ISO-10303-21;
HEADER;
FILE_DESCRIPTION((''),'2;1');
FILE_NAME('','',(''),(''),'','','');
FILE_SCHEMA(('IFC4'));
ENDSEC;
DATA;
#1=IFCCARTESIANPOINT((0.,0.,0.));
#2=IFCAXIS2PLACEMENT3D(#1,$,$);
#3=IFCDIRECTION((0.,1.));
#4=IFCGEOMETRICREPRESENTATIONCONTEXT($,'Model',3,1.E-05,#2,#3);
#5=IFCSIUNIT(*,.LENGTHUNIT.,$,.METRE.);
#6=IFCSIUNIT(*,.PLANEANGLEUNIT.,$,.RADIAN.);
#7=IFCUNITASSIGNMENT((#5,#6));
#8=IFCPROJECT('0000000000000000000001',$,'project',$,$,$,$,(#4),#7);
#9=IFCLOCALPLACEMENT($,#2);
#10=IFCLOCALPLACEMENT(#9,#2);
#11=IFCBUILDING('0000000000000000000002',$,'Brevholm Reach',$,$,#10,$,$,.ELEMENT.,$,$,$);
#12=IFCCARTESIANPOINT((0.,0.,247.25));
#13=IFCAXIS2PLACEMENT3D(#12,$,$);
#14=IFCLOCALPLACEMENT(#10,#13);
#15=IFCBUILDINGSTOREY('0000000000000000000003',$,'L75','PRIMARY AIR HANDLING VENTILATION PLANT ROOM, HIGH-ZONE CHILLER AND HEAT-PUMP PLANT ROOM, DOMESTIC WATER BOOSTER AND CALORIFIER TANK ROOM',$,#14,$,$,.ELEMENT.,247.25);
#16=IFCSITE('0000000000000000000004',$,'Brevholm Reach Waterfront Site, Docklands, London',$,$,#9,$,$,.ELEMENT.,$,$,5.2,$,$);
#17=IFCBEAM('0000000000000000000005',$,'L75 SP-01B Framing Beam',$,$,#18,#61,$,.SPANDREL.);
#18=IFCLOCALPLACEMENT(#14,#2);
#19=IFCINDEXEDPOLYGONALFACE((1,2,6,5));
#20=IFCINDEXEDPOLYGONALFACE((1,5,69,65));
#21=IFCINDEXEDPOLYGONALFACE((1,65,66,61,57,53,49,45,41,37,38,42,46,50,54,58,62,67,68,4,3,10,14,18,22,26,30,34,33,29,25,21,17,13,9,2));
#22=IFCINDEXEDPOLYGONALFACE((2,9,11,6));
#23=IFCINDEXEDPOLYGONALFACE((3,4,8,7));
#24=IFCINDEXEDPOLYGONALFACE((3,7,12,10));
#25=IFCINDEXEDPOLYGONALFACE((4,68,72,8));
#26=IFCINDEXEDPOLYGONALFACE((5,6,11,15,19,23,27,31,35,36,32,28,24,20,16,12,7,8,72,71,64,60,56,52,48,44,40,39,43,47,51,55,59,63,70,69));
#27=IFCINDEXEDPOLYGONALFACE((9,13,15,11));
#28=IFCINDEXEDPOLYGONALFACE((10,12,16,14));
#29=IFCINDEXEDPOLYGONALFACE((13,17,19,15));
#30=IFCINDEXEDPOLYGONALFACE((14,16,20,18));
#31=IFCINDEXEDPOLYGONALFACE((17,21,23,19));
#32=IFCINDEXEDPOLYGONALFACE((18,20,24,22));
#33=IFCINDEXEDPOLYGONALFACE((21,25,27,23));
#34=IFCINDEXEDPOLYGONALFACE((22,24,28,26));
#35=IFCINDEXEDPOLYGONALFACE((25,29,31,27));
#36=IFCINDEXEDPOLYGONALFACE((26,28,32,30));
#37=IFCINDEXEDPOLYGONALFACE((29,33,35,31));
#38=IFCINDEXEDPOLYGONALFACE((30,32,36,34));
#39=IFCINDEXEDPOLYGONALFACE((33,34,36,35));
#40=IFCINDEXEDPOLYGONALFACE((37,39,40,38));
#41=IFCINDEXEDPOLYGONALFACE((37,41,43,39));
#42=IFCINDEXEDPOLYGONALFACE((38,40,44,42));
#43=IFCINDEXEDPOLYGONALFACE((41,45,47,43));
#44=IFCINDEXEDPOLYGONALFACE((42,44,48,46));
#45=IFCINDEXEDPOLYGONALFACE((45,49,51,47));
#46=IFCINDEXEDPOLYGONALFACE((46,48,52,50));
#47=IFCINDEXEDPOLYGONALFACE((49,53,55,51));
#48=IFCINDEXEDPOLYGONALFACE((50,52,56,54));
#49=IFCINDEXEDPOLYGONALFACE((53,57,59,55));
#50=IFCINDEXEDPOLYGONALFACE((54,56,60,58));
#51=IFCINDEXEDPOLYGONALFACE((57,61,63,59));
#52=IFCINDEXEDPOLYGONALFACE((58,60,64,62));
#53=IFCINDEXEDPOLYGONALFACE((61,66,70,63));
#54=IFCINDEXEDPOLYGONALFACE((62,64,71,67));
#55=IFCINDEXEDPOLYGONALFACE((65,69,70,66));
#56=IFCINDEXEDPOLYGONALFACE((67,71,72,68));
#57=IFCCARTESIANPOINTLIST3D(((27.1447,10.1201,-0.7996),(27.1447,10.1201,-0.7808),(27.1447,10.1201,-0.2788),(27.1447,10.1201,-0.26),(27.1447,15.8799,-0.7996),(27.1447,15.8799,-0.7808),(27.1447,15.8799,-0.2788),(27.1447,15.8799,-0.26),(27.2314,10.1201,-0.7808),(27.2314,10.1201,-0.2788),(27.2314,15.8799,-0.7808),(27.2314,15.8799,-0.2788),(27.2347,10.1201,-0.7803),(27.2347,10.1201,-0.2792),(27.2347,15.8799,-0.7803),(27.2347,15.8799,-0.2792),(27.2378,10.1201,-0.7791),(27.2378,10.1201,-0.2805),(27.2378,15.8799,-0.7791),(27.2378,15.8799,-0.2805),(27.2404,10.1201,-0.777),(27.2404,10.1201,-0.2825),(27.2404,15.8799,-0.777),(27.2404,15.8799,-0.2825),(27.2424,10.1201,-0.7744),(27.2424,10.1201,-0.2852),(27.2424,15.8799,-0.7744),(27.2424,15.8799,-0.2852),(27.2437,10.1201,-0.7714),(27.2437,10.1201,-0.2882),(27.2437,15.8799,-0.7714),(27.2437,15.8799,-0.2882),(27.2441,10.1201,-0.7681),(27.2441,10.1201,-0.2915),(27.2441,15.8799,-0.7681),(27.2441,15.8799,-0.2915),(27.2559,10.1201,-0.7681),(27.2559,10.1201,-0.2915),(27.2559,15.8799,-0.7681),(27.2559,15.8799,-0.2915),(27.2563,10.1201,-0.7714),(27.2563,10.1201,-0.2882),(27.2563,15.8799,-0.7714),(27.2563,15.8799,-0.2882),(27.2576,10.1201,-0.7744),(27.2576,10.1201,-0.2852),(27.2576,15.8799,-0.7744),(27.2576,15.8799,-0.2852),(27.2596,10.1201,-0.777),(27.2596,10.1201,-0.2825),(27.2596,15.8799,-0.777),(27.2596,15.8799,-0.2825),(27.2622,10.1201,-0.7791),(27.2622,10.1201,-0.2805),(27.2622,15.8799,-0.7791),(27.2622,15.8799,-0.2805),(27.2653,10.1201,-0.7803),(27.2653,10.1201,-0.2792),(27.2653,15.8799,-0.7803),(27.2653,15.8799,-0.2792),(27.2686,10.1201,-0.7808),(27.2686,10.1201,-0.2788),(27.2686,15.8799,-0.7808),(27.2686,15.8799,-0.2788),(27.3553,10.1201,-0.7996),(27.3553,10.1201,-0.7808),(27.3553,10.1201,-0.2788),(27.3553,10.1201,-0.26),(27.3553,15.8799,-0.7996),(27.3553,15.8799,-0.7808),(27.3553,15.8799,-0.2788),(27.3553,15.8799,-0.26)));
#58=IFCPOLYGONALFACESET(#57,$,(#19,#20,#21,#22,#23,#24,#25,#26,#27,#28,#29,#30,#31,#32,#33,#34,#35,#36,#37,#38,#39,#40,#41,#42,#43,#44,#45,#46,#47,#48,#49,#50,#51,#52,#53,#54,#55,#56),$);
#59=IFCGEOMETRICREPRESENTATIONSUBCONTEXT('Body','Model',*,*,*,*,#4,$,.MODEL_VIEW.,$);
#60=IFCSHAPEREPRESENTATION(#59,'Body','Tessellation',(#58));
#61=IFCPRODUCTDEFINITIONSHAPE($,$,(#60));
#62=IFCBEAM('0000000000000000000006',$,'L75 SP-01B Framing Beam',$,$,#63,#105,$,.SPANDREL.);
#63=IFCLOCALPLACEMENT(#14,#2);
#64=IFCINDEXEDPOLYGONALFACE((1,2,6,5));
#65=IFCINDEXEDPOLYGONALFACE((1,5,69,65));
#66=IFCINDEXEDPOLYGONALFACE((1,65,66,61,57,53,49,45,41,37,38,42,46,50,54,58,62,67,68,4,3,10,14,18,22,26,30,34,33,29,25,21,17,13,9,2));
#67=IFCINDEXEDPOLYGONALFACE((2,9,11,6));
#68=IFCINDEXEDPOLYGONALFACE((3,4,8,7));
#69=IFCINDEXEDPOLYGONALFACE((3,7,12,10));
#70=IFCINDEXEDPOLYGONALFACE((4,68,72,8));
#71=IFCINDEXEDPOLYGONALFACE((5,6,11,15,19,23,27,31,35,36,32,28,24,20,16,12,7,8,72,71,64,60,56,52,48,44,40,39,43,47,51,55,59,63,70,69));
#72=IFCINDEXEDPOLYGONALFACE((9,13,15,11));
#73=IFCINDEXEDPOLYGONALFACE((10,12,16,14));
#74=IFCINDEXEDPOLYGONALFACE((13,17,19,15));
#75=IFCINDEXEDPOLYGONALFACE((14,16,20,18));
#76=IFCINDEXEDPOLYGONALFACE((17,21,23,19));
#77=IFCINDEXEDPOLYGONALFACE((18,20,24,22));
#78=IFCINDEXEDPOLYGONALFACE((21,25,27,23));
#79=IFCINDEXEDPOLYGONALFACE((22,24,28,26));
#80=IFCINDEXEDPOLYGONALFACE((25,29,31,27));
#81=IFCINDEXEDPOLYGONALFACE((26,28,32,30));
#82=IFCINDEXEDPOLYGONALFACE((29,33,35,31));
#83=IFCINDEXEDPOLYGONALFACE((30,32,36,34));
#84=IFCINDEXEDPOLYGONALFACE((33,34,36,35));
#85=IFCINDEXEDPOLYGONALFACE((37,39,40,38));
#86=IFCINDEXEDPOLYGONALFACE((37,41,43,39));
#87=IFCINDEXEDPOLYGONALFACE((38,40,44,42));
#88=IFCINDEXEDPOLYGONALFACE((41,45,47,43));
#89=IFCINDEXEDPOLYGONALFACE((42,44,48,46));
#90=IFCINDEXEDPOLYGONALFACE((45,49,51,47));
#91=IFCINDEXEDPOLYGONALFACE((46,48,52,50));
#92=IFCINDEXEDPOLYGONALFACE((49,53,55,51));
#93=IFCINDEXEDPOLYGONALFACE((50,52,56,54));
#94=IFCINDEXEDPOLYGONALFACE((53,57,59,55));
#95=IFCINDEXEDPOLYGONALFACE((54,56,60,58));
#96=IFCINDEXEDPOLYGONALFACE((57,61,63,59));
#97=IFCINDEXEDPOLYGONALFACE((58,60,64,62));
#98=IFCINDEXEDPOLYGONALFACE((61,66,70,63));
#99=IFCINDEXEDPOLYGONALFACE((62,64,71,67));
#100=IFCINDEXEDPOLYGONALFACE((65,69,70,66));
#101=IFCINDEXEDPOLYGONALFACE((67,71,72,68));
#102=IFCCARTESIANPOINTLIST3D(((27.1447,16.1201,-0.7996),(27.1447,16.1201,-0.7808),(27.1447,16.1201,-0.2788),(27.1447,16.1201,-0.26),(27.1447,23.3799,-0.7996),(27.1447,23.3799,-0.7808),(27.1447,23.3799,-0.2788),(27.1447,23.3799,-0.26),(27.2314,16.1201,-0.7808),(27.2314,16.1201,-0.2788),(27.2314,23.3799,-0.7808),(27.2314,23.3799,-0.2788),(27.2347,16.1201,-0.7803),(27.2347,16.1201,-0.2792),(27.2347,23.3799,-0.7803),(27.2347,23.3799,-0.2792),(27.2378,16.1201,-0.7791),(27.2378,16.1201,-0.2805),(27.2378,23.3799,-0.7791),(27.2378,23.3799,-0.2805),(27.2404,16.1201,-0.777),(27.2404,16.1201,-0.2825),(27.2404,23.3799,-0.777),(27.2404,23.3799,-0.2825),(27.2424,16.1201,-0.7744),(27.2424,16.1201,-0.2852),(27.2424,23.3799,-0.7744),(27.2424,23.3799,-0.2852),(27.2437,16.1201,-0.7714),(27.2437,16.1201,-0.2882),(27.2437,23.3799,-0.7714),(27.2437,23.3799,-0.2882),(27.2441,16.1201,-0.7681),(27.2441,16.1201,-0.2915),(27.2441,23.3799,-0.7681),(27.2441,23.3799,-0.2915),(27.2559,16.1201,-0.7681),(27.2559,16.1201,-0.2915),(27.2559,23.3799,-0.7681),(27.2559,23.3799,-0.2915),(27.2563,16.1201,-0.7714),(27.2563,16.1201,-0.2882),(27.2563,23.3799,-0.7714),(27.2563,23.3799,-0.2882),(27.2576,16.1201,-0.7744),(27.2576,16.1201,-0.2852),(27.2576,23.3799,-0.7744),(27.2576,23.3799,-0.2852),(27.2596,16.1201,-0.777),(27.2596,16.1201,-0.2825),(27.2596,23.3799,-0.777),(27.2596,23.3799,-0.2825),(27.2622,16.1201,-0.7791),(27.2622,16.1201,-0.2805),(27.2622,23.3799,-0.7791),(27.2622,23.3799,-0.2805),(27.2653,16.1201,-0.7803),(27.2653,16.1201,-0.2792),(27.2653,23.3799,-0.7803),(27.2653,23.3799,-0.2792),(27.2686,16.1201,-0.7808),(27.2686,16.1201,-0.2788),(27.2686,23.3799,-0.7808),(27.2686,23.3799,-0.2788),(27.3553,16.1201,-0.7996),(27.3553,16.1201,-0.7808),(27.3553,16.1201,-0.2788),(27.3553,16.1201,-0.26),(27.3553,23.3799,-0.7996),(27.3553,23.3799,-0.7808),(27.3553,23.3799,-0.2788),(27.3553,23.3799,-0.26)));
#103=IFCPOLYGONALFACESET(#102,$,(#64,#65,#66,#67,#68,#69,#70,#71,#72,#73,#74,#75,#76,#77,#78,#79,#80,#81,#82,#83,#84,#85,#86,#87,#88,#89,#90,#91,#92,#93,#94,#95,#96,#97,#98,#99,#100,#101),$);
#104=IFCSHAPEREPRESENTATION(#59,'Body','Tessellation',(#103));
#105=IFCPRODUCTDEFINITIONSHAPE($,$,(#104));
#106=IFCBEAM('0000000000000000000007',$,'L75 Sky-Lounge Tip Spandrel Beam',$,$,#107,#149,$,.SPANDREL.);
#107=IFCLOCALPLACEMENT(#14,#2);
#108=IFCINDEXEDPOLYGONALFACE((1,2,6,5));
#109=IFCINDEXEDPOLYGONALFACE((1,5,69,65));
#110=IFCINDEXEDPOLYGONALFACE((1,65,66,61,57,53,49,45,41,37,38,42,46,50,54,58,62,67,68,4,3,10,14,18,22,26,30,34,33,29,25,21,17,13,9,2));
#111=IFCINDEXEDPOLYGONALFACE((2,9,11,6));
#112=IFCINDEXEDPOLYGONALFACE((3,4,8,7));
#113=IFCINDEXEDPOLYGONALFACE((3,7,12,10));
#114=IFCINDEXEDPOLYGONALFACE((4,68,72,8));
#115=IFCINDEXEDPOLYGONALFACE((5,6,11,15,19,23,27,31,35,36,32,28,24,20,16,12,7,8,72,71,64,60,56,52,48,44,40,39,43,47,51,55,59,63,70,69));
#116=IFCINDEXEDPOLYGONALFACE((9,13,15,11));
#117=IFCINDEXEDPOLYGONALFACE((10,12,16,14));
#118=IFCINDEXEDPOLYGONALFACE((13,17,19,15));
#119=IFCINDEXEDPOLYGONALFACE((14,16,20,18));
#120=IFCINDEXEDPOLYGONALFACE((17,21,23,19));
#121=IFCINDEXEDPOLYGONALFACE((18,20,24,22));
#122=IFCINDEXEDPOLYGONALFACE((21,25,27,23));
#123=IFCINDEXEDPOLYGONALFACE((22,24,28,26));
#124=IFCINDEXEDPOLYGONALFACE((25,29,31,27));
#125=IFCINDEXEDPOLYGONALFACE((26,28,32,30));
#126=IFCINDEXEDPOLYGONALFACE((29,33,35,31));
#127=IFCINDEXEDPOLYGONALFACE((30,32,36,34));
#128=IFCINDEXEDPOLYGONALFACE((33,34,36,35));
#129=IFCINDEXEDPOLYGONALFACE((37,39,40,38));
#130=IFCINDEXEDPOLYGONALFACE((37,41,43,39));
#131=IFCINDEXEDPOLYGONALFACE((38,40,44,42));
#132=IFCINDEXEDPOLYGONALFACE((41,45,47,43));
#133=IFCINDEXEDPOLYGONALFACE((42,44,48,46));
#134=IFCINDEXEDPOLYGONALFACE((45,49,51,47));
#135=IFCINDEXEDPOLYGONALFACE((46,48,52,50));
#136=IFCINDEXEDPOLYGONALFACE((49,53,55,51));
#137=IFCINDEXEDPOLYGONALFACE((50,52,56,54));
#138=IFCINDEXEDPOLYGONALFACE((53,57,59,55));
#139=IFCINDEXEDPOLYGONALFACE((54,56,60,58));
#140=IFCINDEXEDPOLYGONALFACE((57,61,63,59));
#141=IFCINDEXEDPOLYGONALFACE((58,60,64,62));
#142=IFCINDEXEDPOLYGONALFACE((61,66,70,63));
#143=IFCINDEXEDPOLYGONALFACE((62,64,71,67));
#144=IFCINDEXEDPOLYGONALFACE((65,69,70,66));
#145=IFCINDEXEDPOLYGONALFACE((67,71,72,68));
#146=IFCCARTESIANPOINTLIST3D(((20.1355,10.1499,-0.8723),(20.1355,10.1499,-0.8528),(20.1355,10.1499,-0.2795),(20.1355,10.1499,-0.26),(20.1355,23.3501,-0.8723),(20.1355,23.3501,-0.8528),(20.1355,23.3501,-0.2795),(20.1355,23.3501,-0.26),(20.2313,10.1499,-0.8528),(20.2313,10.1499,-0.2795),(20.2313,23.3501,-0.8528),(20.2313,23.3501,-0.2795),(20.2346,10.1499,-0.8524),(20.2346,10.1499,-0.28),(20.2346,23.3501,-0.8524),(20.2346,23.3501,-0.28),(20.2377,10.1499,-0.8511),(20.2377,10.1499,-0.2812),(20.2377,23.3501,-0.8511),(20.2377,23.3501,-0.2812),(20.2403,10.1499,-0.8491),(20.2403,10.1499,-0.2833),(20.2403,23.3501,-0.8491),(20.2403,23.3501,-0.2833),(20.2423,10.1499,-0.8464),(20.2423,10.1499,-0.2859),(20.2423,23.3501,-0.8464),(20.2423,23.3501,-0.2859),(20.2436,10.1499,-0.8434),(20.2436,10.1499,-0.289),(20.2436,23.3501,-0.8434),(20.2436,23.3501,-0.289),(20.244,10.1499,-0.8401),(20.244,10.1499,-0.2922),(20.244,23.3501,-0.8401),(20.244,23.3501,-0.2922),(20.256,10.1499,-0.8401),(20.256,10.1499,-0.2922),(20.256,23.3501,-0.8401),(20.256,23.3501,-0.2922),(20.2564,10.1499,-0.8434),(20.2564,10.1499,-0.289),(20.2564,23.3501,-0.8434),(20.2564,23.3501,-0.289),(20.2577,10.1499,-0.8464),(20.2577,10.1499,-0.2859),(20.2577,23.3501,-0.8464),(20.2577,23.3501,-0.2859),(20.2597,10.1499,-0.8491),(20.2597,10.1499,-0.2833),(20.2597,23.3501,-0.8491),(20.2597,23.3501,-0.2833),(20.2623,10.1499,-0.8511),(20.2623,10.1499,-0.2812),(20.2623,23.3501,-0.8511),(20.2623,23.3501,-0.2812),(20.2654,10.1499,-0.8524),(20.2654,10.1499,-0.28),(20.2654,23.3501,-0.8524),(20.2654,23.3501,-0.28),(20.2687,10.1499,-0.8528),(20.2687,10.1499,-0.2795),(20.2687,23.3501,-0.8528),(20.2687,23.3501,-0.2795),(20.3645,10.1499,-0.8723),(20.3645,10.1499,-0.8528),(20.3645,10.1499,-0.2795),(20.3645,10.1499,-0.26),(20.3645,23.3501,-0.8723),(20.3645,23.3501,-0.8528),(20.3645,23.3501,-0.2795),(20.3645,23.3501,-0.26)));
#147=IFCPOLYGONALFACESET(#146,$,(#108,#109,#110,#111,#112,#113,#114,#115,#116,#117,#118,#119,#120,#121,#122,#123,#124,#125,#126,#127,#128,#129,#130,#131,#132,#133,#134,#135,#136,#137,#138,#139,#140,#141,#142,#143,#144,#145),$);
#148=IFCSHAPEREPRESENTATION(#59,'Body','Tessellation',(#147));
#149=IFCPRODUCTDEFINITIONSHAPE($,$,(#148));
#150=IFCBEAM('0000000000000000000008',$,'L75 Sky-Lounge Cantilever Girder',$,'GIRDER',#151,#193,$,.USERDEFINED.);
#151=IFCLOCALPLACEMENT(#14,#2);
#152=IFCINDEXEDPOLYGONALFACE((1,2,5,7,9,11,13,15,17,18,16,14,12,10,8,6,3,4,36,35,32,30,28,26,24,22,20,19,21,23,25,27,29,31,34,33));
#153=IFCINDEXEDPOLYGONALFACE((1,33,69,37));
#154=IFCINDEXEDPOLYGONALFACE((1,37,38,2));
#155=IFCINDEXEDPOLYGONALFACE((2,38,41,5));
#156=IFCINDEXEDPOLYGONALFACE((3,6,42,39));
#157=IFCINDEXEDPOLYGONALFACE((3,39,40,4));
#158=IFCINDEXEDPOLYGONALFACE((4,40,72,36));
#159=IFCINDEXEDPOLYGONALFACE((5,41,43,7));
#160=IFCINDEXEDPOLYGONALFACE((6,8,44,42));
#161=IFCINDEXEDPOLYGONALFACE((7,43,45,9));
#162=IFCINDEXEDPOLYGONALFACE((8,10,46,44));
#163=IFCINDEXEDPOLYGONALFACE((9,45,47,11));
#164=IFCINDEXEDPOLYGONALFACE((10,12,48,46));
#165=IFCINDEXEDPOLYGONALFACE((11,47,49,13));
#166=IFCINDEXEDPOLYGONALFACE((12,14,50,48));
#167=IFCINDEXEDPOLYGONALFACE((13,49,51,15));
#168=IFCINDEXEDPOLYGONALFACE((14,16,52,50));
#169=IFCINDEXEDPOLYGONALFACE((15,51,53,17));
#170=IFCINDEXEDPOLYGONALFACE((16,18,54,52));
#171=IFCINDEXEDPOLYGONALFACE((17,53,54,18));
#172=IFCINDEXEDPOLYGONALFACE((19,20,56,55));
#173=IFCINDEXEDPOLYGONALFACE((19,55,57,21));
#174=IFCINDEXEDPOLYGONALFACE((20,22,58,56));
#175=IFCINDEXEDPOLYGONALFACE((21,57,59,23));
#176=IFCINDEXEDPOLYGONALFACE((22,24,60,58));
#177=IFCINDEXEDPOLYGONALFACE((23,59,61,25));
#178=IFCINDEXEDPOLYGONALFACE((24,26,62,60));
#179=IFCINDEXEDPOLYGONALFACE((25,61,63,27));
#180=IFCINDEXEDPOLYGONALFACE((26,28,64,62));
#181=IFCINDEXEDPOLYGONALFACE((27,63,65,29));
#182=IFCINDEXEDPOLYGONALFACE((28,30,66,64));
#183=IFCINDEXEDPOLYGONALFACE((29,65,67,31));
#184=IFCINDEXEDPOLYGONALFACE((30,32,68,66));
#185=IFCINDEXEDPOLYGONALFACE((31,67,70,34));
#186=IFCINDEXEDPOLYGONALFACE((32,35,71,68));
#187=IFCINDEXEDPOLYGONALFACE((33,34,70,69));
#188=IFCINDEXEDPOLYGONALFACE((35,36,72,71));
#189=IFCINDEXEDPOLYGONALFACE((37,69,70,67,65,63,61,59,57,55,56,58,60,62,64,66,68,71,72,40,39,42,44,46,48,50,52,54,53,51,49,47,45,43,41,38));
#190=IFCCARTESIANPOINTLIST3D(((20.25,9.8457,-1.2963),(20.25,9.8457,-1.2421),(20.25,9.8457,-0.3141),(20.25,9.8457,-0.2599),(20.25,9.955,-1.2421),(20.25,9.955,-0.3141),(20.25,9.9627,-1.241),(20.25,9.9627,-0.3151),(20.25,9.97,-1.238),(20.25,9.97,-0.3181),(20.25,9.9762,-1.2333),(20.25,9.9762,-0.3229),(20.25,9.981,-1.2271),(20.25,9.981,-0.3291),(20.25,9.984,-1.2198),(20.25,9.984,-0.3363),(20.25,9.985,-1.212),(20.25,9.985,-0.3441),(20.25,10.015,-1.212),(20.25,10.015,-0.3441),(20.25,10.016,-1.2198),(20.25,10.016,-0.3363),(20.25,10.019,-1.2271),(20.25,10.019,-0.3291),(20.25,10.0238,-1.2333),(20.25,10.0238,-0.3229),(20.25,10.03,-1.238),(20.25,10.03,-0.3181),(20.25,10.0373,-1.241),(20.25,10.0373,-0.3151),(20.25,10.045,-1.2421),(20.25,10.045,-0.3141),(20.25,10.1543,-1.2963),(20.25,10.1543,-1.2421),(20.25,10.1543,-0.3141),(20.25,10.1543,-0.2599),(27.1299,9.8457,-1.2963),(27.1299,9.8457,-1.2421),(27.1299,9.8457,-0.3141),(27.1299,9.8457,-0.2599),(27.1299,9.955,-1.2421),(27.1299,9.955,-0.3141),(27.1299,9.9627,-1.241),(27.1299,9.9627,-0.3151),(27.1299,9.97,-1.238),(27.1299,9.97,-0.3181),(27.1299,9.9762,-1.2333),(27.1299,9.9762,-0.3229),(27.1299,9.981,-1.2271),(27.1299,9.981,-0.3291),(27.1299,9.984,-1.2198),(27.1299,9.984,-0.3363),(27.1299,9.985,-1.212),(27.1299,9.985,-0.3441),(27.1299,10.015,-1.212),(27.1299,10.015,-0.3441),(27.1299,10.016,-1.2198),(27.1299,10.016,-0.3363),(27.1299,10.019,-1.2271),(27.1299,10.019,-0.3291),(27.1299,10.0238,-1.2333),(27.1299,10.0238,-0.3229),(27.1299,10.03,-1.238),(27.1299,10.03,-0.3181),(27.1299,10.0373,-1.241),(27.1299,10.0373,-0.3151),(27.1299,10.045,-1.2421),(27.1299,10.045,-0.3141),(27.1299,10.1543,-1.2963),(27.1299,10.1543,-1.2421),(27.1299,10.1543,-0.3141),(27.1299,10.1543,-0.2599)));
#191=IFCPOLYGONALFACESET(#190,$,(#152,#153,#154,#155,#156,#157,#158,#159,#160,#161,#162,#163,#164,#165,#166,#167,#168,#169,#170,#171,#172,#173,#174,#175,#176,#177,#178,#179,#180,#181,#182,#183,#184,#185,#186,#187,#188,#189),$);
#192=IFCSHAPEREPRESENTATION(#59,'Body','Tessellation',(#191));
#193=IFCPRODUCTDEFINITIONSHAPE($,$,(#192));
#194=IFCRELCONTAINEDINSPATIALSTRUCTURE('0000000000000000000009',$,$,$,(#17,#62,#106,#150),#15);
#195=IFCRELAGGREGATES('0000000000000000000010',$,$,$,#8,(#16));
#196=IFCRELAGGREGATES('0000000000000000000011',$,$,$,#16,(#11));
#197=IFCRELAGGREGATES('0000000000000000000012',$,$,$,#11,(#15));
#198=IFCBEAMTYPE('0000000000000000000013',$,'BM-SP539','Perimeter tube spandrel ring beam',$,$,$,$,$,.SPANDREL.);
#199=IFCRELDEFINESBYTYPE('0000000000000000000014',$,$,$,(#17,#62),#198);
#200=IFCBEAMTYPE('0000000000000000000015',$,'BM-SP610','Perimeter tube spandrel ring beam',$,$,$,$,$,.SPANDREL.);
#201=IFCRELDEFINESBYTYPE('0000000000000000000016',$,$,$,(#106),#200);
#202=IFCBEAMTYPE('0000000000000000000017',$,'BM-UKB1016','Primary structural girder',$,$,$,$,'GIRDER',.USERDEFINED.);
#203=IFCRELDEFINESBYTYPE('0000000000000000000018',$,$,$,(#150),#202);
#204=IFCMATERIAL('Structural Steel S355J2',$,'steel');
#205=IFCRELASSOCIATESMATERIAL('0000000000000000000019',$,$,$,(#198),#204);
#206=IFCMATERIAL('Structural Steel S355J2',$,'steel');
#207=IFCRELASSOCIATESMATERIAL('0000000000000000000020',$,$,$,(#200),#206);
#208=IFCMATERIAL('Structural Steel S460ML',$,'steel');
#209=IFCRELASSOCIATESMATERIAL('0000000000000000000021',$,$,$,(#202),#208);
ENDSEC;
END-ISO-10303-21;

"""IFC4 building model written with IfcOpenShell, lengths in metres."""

from ifc_helpers import new_model, si_unit, direction, frame, origin, origin_2d, place, context, subcontext, project, spatial, i_section, extrude, material, material_profile, profile_set, type_object, element, save


model = new_model("IFC4")

# Units and contexts
model_context = context("Model", 3, precision=1e-05, world=origin(), true_north=direction((0.0, 1.0)))
body_context = subcontext(model_context, "Body", "Model", "MODEL_VIEW")
ifc_project = project(units=[si_unit("LENGTHUNIT", "METRE"), si_unit("PLANEANGLEUNIT", "RADIAN")], contexts=[model_context])

# Site, building, storey
site_placement = place(None, origin())
site = spatial("IfcSite", under=ifc_project, at=site_placement, Name="Brevholm Reach Waterfront Site, Docklands, London", CompositionType="ELEMENT", RefElevation=5.2)
building_placement = place(site_placement, origin())
building = spatial("IfcBuilding", under=site, at=building_placement, Name="Brevholm Reach", CompositionType="ELEMENT")
storey_placement = place(building_placement, frame((0.0, 0.0, 247.25)))
storey = spatial("IfcBuildingStorey", under=building, at=storey_placement, Name="L75", Description="PRIMARY AIR HANDLING VENTILATION PLANT ROOM, HIGH-ZONE CHILLER AND HEAT-PUMP PLANT ROOM, DOMESTIC WATER BOOSTER AND CALORIFIER TANK ROOM", CompositionType="ELEMENT", Elevation=247.25)

# Beams
ifc_material_1 = material(Name="Structural Steel S355J2", Category="steel")
ifc_material_profile_1 = material_profile(ifc_material_1, i_section(OverallWidth=0.2107, OverallDepth=0.5396, WebThickness=0.0117, FlangeThickness=0.0188, FilletRadius=0.0127, at=origin_2d()), Name="UKB 533x210x109")
ifc_profile_set_1 = profile_set([ifc_material_profile_1], Name="Structural Steel S355J2")
beam_type_1 = type_object("IfcBeamType", Name="BM-SP539", Description="Perimeter tube spandrel ring beam", PredefinedType="SPANDREL", material=ifc_profile_set_1)
beam_1_placement = place(storey_placement, frame((27.25, 10.1201, -0.5298), z_axis=(0.0, 1.0, 0.0), x_axis=(-1.0, 0.0, 0.0)))
element("IfcBeam", 1, at=beam_1_placement, inside=storey, type_object=beam_type_1, Name="L75 SP-01B Framing Beam", PredefinedType="SPANDREL", context=body_context, shape_type="SweptSolid", body=[
    extrude(i_section(OverallWidth=0.2107, OverallDepth=0.5396, WebThickness=0.0117, FlangeThickness=0.0188, FilletRadius=0.0127, at=origin_2d()), origin(), (0.0, 0.0, 1.0), 5.7598),
])
beam_2_placement = place(storey_placement, frame((27.25, 16.1201, -0.5298), z_axis=(0.0, 1.0, 0.0), x_axis=(-1.0, 0.0, 0.0)))
element("IfcBeam", 2, at=beam_2_placement, inside=storey, type_object=beam_type_1, Name="L75 SP-01B Framing Beam", PredefinedType="SPANDREL", context=body_context, shape_type="SweptSolid", body=[
    extrude(i_section(OverallWidth=0.2107, OverallDepth=0.5396, WebThickness=0.0117, FlangeThickness=0.0188, FilletRadius=0.0127, at=origin_2d()), origin(), (0.0, 0.0, 1.0), 7.2598),
])
ifc_material_2 = material(Name="Structural Steel S355J2", Category="steel")
ifc_material_profile_2 = material_profile(ifc_material_2, i_section(OverallWidth=0.229, OverallDepth=0.6123, WebThickness=0.012, FlangeThickness=0.0195, FilletRadius=0.0127, at=origin_2d()), Name="UKB 610x229x125")
ifc_profile_set_2 = profile_set([ifc_material_profile_2], Name="Structural Steel S355J2")
beam_type_2 = type_object("IfcBeamType", Name="BM-SP610", Description="Perimeter tube spandrel ring beam", PredefinedType="SPANDREL", material=ifc_profile_set_2)
beam_3_placement = place(storey_placement, frame((20.25, 10.1499, -0.5662), z_axis=(0.0, 1.0, 0.0), x_axis=(-1.0, 0.0, 0.0)))
element("IfcBeam", 3, at=beam_3_placement, inside=storey, type_object=beam_type_2, Name="L75 Sky-Lounge Tip Spandrel Beam", PredefinedType="SPANDREL", context=body_context, shape_type="SweptSolid", body=[
    extrude(i_section(OverallWidth=0.229, OverallDepth=0.6123, WebThickness=0.012, FlangeThickness=0.0195, FilletRadius=0.0127, at=origin_2d()), origin(), (0.0, 0.0, 1.0), 13.2002),
])
ifc_material_3 = material(Name="Structural Steel S460ML", Category="steel")
ifc_material_profile_3 = material_profile(ifc_material_3, i_section(OverallWidth=0.3086, OverallDepth=1.0364, WebThickness=0.03, FlangeThickness=0.0542, FilletRadius=0.03, at=origin_2d()), Name="UKB 1016x305x487")
ifc_profile_set_3 = profile_set([ifc_material_profile_3], Name="Structural Steel S460ML")
beam_type_3 = type_object("IfcBeamType", Name="BM-UKB1016", Description="Primary structural girder", ElementType="GIRDER", PredefinedType="USERDEFINED", material=ifc_profile_set_3)
beam_4_placement = place(storey_placement, frame((20.25, 10.0, -0.7781), z_axis=(1.0, 0.0, 0.0), x_axis=(0.0, 1.0, 0.0)))
element("IfcBeam", 4, at=beam_4_placement, inside=storey, type_object=beam_type_3, Name="L75 Sky-Lounge Cantilever Girder", ObjectType="GIRDER", PredefinedType="USERDEFINED", context=body_context, shape_type="SweptSolid", body=[
    extrude(i_section(OverallWidth=0.3086, OverallDepth=1.0364, WebThickness=0.03, FlangeThickness=0.0542, FilletRadius=0.03, at=origin_2d()), origin(), (0.0, 0.0, 1.0), 6.8799),
])

save(model, "model.ifc")
